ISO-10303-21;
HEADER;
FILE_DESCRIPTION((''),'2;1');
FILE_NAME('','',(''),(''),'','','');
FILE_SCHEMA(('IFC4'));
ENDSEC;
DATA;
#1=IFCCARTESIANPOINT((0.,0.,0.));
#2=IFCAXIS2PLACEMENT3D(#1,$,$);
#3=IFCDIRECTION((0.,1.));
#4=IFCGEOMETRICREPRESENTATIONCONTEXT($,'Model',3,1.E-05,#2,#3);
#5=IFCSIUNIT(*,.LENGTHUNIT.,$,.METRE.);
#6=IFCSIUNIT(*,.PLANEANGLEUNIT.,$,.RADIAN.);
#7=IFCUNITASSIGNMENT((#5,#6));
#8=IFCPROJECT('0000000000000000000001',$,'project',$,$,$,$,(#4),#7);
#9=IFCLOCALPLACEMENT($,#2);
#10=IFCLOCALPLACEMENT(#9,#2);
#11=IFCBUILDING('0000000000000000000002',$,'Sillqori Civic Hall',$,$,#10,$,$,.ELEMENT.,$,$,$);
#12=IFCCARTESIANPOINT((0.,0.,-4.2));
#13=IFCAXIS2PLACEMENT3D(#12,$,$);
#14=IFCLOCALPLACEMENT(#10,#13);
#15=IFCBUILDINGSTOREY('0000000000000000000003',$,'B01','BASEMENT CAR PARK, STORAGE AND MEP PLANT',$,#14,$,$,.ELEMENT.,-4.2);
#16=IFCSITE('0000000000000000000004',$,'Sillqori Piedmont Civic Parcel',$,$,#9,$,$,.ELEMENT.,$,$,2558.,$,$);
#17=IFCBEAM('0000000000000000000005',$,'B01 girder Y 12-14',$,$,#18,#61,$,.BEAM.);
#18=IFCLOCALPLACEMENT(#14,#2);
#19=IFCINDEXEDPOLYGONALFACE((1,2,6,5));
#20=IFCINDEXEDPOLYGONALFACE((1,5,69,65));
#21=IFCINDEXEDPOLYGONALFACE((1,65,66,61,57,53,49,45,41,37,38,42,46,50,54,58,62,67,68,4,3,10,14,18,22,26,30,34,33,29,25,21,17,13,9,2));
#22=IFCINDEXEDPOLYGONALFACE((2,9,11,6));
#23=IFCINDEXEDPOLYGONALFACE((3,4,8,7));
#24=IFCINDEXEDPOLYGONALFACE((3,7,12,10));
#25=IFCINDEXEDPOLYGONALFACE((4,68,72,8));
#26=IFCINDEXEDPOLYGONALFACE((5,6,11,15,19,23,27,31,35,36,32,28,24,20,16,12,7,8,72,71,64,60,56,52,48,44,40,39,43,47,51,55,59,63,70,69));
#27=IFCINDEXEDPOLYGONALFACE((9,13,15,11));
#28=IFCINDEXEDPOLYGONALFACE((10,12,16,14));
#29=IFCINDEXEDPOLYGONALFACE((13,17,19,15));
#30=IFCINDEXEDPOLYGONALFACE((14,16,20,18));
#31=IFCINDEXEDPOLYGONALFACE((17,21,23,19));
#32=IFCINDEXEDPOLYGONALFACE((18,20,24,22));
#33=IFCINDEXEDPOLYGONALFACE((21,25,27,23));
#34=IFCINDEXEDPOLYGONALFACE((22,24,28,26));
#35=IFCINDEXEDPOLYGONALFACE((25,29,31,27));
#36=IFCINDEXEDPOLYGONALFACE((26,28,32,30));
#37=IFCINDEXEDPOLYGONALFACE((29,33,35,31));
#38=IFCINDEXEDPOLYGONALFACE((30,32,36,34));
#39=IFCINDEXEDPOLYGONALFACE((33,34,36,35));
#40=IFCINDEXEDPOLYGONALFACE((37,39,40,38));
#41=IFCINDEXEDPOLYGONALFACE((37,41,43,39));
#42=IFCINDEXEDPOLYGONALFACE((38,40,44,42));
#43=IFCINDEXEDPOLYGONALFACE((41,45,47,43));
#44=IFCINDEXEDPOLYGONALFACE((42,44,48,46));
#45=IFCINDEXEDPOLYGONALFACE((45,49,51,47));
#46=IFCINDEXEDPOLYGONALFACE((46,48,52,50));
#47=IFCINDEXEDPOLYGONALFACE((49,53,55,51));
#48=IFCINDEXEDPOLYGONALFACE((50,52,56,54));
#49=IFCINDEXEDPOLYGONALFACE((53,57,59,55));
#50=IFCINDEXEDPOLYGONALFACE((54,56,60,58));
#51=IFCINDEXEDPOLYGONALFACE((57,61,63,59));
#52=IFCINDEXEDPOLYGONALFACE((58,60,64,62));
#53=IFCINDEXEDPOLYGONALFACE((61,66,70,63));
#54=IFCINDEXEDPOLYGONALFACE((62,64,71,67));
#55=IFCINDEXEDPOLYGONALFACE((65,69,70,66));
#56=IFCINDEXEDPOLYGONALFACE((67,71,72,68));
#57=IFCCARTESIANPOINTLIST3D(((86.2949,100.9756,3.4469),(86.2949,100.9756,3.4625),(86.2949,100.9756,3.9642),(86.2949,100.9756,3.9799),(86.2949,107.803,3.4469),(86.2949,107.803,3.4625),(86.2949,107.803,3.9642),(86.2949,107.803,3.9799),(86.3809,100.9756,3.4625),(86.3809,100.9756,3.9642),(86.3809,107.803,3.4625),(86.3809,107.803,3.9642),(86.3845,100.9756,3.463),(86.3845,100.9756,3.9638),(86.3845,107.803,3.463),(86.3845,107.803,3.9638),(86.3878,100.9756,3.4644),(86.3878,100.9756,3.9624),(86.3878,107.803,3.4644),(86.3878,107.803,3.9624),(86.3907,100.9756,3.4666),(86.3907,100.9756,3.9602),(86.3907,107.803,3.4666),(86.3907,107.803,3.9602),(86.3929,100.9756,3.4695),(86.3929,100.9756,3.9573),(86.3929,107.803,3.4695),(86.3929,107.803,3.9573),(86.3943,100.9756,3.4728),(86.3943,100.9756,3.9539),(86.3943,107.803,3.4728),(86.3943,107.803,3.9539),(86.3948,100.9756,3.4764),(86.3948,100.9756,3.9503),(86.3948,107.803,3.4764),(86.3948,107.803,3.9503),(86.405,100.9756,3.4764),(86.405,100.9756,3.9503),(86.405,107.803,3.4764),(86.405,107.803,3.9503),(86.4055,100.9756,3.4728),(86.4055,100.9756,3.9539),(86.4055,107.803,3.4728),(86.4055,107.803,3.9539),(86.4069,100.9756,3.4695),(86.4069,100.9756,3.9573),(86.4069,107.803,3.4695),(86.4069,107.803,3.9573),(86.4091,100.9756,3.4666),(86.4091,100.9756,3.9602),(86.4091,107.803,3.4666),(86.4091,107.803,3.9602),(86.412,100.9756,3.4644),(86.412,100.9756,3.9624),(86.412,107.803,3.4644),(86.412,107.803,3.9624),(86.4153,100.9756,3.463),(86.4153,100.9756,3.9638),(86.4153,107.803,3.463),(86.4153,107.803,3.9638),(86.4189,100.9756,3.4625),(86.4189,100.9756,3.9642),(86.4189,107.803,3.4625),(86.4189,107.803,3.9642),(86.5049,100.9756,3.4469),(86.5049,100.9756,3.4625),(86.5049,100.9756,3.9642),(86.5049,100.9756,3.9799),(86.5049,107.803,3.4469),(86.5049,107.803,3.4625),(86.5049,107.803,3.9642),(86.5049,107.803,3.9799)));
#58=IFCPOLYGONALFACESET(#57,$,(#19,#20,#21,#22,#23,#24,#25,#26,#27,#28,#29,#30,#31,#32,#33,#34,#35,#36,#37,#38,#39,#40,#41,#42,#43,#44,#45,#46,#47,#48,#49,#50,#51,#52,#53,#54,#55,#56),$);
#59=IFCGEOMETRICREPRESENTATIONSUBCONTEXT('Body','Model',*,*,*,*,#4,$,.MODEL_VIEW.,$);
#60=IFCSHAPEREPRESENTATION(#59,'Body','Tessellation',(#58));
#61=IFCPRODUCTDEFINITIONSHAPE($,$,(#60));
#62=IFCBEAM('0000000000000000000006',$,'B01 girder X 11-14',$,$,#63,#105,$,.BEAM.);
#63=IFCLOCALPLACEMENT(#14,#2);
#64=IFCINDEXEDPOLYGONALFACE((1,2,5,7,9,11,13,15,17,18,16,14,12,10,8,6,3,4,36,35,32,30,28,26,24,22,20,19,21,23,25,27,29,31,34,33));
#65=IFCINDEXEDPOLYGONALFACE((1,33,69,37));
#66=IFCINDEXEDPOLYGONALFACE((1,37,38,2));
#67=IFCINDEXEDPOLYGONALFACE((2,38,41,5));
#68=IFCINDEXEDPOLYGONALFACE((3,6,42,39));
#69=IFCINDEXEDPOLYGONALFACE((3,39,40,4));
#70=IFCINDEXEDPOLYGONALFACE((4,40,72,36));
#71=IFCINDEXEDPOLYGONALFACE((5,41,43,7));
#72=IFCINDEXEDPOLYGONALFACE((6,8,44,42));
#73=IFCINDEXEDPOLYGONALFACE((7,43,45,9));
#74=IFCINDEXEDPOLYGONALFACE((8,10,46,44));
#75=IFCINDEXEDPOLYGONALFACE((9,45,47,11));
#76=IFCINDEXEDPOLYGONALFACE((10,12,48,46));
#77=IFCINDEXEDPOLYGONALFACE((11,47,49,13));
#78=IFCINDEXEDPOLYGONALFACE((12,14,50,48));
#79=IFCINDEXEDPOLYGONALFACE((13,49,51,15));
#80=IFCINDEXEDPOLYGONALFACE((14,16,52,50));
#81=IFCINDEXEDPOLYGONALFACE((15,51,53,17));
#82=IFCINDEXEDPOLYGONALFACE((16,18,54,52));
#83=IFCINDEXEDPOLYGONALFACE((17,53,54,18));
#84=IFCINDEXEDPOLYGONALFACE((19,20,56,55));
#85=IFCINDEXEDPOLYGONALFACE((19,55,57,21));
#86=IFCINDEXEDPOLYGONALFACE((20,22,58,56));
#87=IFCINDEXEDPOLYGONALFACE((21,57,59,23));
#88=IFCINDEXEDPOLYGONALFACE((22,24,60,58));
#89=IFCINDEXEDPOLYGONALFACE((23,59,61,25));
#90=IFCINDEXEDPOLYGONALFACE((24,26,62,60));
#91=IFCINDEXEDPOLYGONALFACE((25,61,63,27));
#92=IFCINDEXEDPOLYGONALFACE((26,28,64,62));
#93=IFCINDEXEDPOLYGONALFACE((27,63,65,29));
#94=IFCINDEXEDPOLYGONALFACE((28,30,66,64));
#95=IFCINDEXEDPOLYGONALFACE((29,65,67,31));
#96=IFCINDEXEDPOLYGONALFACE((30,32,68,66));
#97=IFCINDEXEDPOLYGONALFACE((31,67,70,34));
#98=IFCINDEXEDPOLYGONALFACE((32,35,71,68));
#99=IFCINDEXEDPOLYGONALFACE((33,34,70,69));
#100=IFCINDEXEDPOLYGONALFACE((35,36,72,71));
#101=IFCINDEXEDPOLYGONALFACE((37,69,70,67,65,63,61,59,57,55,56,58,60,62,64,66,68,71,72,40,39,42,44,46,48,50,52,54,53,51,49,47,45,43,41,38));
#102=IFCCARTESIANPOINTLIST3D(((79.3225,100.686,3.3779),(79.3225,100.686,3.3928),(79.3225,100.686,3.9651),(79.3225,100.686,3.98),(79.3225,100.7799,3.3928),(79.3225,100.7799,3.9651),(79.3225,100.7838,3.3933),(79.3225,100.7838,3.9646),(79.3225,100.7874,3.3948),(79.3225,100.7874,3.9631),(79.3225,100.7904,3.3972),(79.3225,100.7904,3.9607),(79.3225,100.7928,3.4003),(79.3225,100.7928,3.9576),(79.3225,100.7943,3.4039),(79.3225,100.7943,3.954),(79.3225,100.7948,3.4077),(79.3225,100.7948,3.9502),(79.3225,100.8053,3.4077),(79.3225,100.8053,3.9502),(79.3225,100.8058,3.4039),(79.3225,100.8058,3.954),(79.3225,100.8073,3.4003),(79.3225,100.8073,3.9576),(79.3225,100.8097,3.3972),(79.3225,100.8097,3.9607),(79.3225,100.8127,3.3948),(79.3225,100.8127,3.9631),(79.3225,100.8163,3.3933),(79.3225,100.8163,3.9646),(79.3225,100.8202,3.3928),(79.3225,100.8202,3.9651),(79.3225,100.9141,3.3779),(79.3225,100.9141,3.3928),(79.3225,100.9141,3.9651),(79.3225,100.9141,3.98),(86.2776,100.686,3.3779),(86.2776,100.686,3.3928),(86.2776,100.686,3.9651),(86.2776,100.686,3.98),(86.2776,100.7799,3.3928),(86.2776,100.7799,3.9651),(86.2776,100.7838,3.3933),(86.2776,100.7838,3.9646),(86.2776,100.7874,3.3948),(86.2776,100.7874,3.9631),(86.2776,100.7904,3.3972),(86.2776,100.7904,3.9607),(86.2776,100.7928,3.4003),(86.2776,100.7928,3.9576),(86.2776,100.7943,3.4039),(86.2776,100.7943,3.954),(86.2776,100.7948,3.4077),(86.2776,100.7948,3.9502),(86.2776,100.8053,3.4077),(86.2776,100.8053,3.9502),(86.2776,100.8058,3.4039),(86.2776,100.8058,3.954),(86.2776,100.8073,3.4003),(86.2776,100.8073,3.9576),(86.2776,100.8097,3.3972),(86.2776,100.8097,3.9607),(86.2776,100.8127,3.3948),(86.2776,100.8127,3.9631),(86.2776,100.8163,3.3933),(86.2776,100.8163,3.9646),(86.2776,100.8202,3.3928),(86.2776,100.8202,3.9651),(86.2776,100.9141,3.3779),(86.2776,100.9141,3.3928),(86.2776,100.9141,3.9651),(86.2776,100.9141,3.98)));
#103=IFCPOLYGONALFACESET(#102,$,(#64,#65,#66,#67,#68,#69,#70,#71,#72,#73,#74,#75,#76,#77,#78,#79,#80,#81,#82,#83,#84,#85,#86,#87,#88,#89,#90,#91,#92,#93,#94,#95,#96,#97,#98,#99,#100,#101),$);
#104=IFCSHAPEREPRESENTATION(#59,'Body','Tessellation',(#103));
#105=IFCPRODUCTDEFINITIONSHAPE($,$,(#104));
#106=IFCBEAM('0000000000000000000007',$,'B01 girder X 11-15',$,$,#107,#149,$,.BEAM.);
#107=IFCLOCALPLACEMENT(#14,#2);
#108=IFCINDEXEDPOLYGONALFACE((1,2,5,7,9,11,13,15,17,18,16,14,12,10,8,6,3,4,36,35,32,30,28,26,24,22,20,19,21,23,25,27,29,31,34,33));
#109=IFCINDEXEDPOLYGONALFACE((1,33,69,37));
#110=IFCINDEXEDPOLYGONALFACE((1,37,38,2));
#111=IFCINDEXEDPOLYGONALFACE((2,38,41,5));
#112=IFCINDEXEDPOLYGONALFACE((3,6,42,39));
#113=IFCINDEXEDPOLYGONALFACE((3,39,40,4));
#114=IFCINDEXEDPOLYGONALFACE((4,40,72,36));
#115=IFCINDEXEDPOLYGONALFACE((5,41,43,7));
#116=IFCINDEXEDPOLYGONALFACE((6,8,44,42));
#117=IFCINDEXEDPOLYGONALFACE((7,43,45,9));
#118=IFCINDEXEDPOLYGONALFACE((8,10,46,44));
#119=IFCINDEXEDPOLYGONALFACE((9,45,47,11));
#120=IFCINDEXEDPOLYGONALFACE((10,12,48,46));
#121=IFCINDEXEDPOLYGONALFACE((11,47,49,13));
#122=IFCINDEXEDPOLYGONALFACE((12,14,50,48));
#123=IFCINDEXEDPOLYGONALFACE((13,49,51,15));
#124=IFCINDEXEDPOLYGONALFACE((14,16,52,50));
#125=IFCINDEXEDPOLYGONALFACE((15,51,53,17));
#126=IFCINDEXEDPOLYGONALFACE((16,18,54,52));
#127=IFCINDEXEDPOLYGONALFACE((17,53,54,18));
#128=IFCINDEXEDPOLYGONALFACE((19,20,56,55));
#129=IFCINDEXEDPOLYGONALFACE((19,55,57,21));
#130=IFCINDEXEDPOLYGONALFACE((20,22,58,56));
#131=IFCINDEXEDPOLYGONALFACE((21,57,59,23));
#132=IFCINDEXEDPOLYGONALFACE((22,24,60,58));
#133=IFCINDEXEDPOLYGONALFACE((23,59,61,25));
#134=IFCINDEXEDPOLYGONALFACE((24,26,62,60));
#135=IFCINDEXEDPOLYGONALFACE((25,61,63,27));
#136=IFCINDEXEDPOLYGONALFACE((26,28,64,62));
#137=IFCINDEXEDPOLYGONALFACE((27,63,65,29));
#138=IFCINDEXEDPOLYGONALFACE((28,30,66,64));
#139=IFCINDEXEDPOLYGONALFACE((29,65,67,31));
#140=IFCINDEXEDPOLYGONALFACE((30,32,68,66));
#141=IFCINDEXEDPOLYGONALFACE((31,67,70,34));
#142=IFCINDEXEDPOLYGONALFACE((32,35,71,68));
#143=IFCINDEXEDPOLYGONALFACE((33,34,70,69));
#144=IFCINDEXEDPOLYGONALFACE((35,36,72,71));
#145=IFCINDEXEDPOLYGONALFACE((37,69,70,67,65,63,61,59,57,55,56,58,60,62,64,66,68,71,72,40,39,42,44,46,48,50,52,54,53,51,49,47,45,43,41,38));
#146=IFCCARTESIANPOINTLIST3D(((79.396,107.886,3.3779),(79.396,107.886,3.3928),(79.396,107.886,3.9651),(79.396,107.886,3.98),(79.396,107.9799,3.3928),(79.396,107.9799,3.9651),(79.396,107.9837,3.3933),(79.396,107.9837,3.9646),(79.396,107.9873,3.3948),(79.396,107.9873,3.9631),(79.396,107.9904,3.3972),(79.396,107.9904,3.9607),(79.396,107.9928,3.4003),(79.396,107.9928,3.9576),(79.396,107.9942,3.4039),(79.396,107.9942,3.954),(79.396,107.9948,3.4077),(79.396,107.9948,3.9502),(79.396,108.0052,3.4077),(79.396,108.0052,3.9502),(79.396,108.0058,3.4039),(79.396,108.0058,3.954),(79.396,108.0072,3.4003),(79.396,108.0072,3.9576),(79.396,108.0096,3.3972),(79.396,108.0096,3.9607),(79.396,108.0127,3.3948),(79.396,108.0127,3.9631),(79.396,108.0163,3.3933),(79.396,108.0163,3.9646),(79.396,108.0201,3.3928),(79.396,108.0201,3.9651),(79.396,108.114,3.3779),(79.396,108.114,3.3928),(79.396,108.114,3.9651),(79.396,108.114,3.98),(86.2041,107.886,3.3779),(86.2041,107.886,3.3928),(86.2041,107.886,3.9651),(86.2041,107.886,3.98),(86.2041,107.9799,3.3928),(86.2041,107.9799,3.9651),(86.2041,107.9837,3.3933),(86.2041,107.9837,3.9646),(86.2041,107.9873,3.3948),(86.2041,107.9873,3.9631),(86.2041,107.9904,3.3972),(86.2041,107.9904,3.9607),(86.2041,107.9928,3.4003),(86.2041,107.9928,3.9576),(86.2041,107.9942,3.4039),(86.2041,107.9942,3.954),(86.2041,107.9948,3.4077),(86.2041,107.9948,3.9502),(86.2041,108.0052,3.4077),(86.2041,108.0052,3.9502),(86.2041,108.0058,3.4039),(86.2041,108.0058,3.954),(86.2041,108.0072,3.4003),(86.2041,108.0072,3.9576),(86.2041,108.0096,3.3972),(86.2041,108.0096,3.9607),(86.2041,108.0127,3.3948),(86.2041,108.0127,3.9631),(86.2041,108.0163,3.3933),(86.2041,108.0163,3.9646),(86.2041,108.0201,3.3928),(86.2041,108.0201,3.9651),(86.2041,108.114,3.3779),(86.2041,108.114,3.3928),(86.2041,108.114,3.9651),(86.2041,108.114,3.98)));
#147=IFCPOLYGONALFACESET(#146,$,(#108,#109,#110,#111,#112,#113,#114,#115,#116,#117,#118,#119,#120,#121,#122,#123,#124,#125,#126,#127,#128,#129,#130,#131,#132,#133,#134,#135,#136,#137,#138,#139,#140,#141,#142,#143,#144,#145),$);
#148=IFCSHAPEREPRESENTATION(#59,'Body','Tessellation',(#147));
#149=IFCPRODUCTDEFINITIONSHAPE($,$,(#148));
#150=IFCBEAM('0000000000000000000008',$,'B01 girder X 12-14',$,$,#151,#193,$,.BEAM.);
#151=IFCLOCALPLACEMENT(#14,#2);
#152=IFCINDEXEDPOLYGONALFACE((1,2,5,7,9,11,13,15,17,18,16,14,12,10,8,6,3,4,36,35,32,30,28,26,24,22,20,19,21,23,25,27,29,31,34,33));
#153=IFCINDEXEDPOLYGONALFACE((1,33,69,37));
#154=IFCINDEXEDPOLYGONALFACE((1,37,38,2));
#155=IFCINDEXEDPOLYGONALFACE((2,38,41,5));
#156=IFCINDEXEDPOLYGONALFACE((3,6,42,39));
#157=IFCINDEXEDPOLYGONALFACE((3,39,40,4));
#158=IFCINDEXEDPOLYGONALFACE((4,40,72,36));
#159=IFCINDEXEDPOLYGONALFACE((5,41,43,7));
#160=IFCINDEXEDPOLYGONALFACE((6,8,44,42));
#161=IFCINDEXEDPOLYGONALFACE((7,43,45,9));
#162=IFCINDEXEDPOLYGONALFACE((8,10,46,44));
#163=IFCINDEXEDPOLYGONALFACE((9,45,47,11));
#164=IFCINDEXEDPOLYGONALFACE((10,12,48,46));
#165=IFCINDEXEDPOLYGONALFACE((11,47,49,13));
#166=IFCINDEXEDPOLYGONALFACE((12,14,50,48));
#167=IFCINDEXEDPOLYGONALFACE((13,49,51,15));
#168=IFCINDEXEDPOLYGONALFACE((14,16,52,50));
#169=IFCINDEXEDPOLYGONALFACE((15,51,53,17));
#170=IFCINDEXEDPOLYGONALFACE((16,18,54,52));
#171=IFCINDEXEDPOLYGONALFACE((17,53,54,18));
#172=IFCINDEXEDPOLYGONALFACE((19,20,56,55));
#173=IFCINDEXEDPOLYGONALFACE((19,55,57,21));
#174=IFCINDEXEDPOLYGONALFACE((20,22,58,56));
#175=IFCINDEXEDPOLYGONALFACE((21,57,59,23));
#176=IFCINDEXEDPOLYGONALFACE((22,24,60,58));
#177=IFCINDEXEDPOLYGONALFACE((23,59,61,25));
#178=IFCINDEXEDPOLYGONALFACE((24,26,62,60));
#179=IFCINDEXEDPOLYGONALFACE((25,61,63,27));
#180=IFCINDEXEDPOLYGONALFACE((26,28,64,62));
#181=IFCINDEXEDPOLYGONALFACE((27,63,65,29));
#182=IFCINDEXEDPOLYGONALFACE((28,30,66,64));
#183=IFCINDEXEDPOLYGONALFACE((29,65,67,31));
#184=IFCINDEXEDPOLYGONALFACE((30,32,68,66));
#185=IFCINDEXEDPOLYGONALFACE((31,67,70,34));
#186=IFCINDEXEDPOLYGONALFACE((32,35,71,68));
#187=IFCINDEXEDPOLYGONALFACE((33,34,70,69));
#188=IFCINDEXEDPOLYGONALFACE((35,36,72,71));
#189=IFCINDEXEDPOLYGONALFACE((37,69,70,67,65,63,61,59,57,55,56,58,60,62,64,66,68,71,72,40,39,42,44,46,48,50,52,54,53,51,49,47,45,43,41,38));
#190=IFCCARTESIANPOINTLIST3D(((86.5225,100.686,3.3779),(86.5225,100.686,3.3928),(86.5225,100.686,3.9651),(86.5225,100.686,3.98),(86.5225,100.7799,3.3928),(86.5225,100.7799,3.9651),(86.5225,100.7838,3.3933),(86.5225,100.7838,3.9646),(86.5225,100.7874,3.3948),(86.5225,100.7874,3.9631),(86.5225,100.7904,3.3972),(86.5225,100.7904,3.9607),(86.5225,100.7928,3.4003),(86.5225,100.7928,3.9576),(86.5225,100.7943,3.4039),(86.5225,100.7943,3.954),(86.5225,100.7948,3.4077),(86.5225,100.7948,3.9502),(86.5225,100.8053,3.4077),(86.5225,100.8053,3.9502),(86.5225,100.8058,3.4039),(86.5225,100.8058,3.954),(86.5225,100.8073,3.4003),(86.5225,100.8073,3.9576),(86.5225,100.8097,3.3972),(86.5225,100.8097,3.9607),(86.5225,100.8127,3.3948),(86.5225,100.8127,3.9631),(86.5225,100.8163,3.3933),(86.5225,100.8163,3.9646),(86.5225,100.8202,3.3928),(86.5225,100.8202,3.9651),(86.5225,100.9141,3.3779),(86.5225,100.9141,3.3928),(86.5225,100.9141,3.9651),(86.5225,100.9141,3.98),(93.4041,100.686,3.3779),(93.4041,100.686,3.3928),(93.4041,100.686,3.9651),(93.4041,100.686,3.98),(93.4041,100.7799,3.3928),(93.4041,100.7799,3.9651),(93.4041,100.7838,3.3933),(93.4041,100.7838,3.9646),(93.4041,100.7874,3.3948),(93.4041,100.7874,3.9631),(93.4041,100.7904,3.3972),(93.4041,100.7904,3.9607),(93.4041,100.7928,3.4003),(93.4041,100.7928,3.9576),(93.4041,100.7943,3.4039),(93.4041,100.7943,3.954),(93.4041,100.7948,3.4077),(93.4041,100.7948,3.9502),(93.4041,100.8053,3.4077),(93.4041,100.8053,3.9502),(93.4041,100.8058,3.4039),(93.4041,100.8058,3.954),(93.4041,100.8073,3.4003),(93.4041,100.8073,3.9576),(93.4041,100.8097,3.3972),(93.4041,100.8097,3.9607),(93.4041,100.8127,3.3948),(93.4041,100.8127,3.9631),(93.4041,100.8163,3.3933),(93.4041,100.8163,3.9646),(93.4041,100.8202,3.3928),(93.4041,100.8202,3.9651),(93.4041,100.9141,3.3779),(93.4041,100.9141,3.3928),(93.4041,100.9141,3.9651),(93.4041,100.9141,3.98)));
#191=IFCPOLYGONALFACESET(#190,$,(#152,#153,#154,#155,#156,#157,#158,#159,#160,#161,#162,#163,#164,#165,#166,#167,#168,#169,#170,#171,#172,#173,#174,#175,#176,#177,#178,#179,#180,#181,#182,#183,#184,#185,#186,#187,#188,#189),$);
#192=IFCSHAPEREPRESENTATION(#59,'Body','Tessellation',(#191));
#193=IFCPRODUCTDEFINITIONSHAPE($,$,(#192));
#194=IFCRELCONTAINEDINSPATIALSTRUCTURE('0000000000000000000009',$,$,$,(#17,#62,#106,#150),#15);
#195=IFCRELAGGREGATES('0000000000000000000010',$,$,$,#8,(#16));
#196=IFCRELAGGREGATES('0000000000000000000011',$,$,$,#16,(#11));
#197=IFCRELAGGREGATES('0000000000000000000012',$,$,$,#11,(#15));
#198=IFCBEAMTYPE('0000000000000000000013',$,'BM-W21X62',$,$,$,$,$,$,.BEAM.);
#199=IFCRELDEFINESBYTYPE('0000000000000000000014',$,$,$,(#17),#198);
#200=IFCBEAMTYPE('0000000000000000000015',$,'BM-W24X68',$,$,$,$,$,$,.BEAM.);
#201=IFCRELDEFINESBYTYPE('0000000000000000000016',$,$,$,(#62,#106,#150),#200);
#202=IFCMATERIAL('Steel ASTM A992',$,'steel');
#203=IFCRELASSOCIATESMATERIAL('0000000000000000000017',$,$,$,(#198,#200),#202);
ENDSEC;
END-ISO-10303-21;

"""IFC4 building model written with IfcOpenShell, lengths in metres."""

from ifc_helpers import new_model, si_unit, direction, frame, origin, origin_2d, place, context, subcontext, project, spatial, i_section, extrude, material, material_profile, profile_set, type_object, element, save


model = new_model("IFC4")

# Units and contexts
model_context = context("Model", 3, precision=1e-05, world=origin(), true_north=direction((0.0, 1.0)))
body_context = subcontext(model_context, "Body", "Model", "MODEL_VIEW")
ifc_project = project(units=[si_unit("LENGTHUNIT", "METRE"), si_unit("PLANEANGLEUNIT", "RADIAN")], contexts=[model_context])

# Site, building, storey
site_placement = place(None, origin())
site = spatial("IfcSite", under=ifc_project, at=site_placement, Name="Sillqori Piedmont Civic Parcel", CompositionType="ELEMENT", RefElevation=2558.0)
building_placement = place(site_placement, origin())
building = spatial("IfcBuilding", under=site, at=building_placement, Name="Sillqori Civic Hall", CompositionType="ELEMENT")
storey_placement = place(building_placement, frame((0.0, 0.0, -4.2)))
storey = spatial("IfcBuildingStorey", under=building, at=storey_placement, Name="B01", Description="BASEMENT CAR PARK, STORAGE AND MEP PLANT", CompositionType="ELEMENT", Elevation=-4.2)

# Shared definitions
ifc_material_1 = material(Name="Steel ASTM A992", Category="steel")

# Beams
ifc_material_profile_1 = material_profile(ifc_material_1, i_section(OverallWidth=0.21, OverallDepth=0.533, WebThickness=0.0103, FlangeThickness=0.0156, FilletRadius=0.0139, at=origin_2d()), Name="W21X62")
ifc_profile_set_1 = profile_set([ifc_material_profile_1], Name="Steel ASTM A992")
beam_type_1 = type_object("IfcBeamType", Name="BM-W21X62", PredefinedType="BEAM", material=ifc_profile_set_1)
for number, where, z_axis, x_axis, name in (
    (1, (86.3999, 100.9756, 3.7134), (0.0, 1.0, 0.0), (-1.0, 0.0, 0.0), "B01 girder Y 12-14"),
):
    element("IfcBeam", number, at=place(storey_placement, frame(where, z_axis=z_axis, x_axis=x_axis)), inside=storey, type_object=beam_type_1, Name=name, PredefinedType="BEAM", context=body_context, shape_type="SweptSolid", body=[
        extrude(i_section(OverallWidth=0.21, OverallDepth=0.533, WebThickness=0.0103, FlangeThickness=0.0156, FilletRadius=0.0139, at=origin_2d()), origin(), (0.0, 0.0, 1.0), 6.8274),
    ])
ifc_material_profile_2 = material_profile(ifc_material_1, i_section(OverallWidth=0.228, OverallDepth=0.6021, WebThickness=0.0105, FlangeThickness=0.0149, FilletRadius=0.0149, at=origin_2d()), Name="W24X68")
ifc_profile_set_2 = profile_set([ifc_material_profile_2], Name="Steel ASTM A992")
beam_type_2 = type_object("IfcBeamType", Name="BM-W24X68", PredefinedType="BEAM", material=ifc_profile_set_2)
beam_1_placement = place(storey_placement, frame((79.3225, 100.8, 3.679), z_axis=(1.0, 0.0, 0.0), x_axis=(0.0, 1.0, 0.0)))
element("IfcBeam", 2, at=beam_1_placement, inside=storey, type_object=beam_type_2, Name="B01 girder X 11-14", PredefinedType="BEAM", context=body_context, shape_type="SweptSolid", body=[
    extrude(i_section(OverallWidth=0.228, OverallDepth=0.6021, WebThickness=0.0105, FlangeThickness=0.0149, FilletRadius=0.0149, at=origin_2d()), origin(), (0.0, 0.0, 1.0), 6.9551),
])
beam_2_placement = place(storey_placement, frame((79.396, 108.0, 3.679), z_axis=(1.0, 0.0, 0.0), x_axis=(0.0, 1.0, 0.0)))
element("IfcBeam", 3, at=beam_2_placement, inside=storey, type_object=beam_type_2, Name="B01 girder X 11-15", PredefinedType="BEAM", context=body_context, shape_type="SweptSolid", body=[
    extrude(i_section(OverallWidth=0.228, OverallDepth=0.6021, WebThickness=0.0105, FlangeThickness=0.0149, FilletRadius=0.0149, at=origin_2d()), origin(), (0.0, 0.0, 1.0), 6.8081),
])
beam_3_placement = place(storey_placement, frame((86.5225, 100.8, 3.679), z_axis=(1.0, 0.0, 0.0), x_axis=(0.0, 1.0, 0.0)))
element("IfcBeam", 4, at=beam_3_placement, inside=storey, type_object=beam_type_2, Name="B01 girder X 12-14", PredefinedType="BEAM", context=body_context, shape_type="SweptSolid", body=[
    extrude(i_section(OverallWidth=0.228, OverallDepth=0.6021, WebThickness=0.0105, FlangeThickness=0.0149, FilletRadius=0.0149, at=origin_2d()), origin(), (0.0, 0.0, 1.0), 6.8816),
])

save(model, "model.ifc")
